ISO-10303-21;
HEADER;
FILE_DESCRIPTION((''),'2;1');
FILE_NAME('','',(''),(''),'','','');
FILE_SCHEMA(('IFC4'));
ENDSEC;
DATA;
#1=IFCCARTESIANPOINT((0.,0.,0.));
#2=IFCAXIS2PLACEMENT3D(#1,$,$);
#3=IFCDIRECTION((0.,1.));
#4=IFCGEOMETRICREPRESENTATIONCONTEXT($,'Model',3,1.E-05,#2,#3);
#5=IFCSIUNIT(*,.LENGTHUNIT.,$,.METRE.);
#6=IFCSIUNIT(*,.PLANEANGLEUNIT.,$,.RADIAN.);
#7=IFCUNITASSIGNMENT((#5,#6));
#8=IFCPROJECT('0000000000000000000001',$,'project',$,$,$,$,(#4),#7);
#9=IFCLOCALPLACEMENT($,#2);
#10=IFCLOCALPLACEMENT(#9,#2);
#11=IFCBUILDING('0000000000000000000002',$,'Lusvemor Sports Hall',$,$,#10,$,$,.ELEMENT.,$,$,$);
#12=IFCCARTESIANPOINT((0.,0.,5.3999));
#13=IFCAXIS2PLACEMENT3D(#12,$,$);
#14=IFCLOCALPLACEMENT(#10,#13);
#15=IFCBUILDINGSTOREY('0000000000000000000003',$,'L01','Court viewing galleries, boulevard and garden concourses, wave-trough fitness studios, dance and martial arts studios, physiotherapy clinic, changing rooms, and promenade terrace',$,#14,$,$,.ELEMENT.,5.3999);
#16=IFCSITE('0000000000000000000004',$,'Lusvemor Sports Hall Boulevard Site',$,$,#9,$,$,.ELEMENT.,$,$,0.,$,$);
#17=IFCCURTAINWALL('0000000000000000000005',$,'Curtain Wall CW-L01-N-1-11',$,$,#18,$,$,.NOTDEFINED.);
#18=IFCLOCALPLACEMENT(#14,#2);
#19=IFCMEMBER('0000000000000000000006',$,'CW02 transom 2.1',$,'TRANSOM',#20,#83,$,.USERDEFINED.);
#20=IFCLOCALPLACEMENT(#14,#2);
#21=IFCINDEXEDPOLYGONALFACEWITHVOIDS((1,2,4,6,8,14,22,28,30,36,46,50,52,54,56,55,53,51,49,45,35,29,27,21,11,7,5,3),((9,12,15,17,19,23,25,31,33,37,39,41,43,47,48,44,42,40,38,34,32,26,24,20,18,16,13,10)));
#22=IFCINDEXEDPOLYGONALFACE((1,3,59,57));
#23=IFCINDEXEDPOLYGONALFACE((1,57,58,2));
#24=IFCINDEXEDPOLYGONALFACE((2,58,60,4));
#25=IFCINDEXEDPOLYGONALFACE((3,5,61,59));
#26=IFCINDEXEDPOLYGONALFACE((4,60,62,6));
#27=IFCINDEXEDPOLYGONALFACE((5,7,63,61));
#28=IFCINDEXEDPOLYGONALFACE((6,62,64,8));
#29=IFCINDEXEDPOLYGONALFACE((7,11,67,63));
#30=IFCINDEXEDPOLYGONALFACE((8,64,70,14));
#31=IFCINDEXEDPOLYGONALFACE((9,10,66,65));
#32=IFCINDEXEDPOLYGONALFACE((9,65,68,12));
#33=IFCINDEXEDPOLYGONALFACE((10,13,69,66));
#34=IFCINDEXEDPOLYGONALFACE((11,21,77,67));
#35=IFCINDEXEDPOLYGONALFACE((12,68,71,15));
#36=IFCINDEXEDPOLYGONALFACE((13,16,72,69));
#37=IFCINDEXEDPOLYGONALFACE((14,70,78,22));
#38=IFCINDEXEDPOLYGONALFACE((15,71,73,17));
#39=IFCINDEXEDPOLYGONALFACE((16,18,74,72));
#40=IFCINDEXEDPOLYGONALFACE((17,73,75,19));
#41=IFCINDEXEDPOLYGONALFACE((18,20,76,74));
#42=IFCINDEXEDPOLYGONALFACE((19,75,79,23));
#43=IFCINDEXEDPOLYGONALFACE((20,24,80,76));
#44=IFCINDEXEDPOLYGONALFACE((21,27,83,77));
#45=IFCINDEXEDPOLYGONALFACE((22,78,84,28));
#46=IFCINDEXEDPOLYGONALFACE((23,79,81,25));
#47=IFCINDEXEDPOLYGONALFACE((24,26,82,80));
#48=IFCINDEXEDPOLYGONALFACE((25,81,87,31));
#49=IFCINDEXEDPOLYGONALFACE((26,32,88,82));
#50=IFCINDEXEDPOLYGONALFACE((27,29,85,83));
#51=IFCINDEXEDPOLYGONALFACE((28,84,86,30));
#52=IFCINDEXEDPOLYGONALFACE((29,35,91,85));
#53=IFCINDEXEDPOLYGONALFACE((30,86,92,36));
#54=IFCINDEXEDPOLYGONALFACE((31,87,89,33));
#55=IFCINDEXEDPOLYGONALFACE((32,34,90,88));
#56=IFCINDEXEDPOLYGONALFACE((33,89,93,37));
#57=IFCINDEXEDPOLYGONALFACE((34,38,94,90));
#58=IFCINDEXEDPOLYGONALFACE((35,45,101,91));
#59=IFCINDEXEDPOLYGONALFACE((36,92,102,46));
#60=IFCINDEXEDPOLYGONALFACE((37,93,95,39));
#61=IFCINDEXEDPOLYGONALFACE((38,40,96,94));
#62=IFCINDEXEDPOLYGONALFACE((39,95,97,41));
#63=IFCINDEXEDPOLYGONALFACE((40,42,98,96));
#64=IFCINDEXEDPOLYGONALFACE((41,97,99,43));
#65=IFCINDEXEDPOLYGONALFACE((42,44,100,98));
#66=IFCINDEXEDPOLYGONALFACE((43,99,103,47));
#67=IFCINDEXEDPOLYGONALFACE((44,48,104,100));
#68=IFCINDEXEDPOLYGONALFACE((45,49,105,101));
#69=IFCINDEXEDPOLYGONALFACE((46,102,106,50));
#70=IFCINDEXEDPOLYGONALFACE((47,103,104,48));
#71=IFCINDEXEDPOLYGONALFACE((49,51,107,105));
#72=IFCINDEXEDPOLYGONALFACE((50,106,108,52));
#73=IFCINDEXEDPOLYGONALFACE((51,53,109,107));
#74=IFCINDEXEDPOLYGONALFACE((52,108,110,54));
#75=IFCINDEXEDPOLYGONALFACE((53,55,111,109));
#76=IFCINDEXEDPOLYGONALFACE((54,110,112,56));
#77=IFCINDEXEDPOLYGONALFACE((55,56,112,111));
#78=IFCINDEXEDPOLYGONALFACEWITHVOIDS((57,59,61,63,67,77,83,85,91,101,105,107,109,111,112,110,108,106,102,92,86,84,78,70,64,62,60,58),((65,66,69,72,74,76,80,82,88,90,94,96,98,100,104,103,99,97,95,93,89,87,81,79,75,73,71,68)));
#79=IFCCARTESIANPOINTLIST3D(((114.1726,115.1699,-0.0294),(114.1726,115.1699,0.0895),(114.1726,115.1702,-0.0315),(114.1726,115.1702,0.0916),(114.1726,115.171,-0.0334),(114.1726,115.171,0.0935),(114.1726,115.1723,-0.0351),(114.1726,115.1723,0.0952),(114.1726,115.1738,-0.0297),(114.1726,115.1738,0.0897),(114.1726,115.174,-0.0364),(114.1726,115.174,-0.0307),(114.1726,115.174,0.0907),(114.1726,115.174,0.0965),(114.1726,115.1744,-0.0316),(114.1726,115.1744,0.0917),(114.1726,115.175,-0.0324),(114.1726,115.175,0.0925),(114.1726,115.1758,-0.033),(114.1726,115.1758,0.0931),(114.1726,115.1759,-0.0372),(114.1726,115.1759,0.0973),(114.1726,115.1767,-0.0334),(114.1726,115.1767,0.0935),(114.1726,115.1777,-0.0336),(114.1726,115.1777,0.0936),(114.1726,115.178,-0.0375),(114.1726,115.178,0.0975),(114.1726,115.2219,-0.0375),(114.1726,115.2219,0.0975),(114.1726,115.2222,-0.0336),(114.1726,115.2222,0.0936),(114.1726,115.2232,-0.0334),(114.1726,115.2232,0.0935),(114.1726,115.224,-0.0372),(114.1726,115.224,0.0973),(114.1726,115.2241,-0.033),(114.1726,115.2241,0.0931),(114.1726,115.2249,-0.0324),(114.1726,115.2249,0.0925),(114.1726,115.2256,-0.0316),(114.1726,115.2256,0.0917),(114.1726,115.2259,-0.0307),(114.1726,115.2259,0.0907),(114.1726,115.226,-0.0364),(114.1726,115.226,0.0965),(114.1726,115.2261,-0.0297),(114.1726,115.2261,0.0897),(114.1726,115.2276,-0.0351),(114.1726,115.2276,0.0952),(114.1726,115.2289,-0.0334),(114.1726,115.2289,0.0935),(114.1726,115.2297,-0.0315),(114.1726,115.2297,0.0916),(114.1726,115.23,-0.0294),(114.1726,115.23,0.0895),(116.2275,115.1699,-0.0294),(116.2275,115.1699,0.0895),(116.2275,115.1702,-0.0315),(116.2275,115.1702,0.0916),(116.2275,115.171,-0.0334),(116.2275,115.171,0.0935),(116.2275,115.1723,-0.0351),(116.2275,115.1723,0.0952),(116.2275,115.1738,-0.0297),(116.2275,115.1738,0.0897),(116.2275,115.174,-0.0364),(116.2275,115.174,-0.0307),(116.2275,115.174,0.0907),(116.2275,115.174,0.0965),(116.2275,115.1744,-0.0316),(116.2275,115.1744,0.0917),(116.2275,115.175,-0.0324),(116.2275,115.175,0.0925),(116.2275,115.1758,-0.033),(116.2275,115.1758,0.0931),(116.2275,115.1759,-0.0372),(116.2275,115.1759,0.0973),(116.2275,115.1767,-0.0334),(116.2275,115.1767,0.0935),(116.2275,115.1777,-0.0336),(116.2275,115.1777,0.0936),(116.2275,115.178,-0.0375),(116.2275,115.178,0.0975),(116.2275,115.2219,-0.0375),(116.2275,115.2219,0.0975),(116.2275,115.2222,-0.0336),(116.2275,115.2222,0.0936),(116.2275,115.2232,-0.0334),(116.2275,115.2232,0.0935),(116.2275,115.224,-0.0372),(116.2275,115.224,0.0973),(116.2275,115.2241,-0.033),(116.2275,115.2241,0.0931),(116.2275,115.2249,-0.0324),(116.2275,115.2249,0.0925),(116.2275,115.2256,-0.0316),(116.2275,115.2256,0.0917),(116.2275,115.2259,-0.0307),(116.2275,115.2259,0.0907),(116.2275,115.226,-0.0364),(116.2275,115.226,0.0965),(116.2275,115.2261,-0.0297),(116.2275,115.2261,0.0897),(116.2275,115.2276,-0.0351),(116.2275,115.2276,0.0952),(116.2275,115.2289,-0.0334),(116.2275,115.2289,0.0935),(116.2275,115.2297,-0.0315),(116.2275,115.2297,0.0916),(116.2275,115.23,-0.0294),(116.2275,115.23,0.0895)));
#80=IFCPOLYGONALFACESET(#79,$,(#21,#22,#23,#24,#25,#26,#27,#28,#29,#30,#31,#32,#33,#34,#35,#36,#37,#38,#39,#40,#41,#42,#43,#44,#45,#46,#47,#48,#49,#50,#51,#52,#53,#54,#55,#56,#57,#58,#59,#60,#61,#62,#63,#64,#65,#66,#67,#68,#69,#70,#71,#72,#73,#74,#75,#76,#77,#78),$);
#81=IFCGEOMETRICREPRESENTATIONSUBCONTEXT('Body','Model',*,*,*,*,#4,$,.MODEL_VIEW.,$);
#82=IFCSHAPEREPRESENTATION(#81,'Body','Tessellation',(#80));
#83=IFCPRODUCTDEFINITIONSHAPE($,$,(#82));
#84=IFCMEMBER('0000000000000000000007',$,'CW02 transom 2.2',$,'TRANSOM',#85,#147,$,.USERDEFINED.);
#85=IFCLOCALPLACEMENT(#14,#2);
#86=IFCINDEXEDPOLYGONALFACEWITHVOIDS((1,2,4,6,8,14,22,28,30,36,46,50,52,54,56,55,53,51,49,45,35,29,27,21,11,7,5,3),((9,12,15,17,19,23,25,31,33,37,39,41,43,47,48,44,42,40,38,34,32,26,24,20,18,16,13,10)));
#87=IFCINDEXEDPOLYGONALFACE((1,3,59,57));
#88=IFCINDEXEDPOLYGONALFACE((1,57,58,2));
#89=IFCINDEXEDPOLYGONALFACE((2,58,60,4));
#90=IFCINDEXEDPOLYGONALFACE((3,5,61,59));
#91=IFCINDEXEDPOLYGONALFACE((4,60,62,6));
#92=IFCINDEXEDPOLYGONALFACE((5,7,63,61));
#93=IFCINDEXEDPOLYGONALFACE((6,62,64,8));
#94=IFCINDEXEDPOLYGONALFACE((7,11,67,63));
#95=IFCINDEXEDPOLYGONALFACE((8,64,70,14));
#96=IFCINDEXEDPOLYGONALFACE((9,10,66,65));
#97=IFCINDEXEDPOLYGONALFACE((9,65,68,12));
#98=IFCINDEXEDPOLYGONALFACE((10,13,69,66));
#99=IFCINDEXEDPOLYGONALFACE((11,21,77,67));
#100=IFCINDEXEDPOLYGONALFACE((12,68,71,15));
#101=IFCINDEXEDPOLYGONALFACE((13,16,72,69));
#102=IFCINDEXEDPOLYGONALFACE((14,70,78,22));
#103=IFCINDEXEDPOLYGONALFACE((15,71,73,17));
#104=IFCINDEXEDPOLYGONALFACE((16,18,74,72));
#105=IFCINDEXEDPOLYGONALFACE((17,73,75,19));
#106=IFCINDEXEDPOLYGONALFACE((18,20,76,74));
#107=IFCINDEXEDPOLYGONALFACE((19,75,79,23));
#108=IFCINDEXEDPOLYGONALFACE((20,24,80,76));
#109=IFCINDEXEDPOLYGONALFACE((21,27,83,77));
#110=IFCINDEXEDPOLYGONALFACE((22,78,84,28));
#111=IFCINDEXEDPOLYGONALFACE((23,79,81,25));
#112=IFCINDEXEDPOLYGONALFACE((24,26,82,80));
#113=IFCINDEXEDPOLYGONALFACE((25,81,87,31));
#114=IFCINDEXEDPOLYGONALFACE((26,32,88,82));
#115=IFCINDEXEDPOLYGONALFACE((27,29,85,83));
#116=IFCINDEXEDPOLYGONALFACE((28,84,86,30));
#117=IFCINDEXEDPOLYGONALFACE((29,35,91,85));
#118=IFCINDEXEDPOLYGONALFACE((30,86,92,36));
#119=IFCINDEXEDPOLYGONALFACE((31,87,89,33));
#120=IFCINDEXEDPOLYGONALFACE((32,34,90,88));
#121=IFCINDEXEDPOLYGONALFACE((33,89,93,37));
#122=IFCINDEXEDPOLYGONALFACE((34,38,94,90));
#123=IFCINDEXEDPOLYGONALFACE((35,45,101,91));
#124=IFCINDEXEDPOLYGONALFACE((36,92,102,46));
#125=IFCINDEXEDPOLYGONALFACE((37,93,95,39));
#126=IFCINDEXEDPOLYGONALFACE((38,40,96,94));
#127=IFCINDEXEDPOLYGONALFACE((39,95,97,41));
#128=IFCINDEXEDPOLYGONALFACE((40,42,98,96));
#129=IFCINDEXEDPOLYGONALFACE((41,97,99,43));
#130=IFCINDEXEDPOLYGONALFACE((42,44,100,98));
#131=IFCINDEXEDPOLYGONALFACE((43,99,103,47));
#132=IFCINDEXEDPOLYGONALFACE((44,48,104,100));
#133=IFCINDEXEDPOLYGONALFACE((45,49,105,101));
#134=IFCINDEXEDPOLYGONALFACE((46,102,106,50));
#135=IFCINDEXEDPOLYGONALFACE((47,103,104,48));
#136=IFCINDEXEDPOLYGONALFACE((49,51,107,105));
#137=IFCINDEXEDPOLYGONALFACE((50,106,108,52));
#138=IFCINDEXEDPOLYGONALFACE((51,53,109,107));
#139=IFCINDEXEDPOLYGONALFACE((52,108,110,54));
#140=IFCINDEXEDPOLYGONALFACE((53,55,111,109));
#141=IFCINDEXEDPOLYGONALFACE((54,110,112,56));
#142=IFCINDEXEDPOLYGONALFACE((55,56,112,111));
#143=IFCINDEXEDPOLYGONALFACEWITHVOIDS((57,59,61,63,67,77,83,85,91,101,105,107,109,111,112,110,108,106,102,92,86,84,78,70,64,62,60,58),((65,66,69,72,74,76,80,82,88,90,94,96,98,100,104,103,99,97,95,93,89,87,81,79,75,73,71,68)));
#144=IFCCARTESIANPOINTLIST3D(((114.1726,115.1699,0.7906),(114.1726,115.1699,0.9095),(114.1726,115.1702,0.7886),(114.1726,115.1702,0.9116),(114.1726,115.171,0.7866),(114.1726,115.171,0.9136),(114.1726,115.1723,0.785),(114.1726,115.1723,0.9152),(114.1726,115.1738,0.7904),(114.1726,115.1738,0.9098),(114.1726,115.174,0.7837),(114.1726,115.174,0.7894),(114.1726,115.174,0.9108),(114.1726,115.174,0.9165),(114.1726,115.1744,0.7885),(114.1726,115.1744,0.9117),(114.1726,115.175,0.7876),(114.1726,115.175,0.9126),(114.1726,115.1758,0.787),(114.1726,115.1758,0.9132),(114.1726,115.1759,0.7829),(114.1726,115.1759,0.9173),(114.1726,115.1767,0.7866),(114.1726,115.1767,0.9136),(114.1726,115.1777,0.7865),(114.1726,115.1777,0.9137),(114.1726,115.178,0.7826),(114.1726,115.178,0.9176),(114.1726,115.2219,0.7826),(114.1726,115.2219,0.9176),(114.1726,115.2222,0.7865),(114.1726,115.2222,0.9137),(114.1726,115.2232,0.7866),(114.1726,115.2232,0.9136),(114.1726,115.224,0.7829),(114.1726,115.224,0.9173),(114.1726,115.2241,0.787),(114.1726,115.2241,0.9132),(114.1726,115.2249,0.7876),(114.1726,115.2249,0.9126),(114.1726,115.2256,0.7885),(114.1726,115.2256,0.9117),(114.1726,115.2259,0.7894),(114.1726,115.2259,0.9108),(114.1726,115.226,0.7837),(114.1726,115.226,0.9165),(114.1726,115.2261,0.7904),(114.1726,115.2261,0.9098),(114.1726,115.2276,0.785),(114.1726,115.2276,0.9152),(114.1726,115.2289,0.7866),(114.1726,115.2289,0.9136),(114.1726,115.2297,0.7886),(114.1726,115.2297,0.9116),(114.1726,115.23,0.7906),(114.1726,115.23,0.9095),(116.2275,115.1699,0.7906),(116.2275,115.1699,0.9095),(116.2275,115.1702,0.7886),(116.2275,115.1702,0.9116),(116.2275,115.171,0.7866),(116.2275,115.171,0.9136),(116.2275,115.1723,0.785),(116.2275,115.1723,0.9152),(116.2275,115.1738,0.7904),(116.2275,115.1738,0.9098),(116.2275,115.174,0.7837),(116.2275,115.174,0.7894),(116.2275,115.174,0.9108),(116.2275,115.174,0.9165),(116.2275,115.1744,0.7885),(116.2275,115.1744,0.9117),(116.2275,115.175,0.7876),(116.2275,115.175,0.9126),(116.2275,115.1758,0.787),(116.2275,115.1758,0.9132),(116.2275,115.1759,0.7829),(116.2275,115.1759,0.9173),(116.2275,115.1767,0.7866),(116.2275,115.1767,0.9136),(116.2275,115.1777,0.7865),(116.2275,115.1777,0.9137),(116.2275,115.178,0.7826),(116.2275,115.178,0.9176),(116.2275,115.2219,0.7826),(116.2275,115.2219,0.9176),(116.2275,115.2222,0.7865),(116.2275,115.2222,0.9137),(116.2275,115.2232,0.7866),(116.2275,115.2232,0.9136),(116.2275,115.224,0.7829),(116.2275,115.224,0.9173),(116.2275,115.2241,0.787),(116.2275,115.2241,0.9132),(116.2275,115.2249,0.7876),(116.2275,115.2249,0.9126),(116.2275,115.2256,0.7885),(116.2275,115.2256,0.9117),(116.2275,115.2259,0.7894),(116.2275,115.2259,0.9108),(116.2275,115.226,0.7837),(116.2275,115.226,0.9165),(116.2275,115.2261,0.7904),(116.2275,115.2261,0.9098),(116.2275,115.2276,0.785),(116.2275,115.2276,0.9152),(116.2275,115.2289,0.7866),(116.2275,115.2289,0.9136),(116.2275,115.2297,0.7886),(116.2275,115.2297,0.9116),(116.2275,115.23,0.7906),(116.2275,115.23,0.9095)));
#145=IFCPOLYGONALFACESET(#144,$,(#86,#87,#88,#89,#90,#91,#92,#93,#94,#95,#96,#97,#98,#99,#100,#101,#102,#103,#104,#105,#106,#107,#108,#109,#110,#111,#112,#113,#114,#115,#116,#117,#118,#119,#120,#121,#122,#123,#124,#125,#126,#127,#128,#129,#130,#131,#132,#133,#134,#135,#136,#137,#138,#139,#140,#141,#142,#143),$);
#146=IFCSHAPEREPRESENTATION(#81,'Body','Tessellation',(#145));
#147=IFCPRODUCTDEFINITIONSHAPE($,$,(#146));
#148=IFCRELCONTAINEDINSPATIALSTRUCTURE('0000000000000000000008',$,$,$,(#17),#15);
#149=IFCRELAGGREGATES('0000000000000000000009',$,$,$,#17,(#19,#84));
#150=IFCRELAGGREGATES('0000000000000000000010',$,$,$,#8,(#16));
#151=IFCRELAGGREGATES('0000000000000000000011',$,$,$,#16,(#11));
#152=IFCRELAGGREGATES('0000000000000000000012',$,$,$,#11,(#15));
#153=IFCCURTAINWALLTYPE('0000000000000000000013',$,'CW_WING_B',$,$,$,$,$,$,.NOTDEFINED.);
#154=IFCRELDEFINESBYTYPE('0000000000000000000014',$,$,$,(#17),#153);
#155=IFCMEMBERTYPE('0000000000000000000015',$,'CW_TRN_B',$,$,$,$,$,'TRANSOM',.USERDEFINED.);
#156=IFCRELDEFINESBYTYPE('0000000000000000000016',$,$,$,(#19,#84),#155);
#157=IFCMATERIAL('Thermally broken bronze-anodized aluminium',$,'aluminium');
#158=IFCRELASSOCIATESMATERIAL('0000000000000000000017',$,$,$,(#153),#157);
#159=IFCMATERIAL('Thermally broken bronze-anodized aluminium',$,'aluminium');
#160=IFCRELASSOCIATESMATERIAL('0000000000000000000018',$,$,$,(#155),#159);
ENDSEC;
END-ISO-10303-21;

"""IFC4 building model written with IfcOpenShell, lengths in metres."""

from ifc_helpers import new_model, si_unit, direction, frame, origin, origin_2d, place, context, subcontext, project, spatial, hollow_rectangle, extrude, material, material_profile, profile_set, type_object, element, aggregate, save


model = new_model("IFC4")

# Units and contexts
model_context = context("Model", 3, precision=1e-05, world=origin(), true_north=direction((0.0, 1.0)))
body_context = subcontext(model_context, "Body", "Model", "MODEL_VIEW")
ifc_project = project(units=[si_unit("LENGTHUNIT", "METRE"), si_unit("PLANEANGLEUNIT", "RADIAN")], contexts=[model_context])

# Site, building, storey
site_placement = place(None, origin())
site = spatial("IfcSite", under=ifc_project, at=site_placement, Name="Lusvemor Sports Hall Boulevard Site", CompositionType="ELEMENT", RefElevation=0.0)
building_placement = place(site_placement, origin())
building = spatial("IfcBuilding", under=site, at=building_placement, Name="Lusvemor Sports Hall", CompositionType="ELEMENT")
storey_placement = place(building_placement, frame((0.0, 0.0, 5.3999)))
storey = spatial("IfcBuildingStorey", under=building, at=storey_placement, Name="L01", Description="Court viewing galleries, boulevard and garden concourses, wave-trough fitness studios, dance and martial arts studios, physiotherapy clinic, changing rooms, and promenade terrace", CompositionType="ELEMENT", Elevation=5.3999)

# Curtain wall, members
ifc_material_1 = material(Name="Thermally broken bronze-anodized aluminium", Category="aluminium")
curtain_wall_type = type_object("IfcCurtainWallType", Name="CW_WING_B", PredefinedType="NOTDEFINED", material=ifc_material_1)
curtain_wall_placement = place(storey_placement, origin())
curtain_wall = element("IfcCurtainWall", 1, at=curtain_wall_placement, inside=storey, type_object=curtain_wall_type, Name="Curtain Wall CW-L01-N-1-11", PredefinedType="NOTDEFINED")
ifc_material_2 = material(Name="Thermally broken bronze-anodized aluminium", Category="aluminium")
ifc_material_profile_1 = material_profile(ifc_material_2, hollow_rectangle(XDim=0.0601, YDim=0.135, WallThickness=0.0039, InnerFilletRadius=0.0039, OuterFilletRadius=0.0081, at=origin_2d()), Name="CWTRN135x60x4")
ifc_profile_set_1 = profile_set([ifc_material_profile_1], Name="Thermally broken bronze-anodized aluminium")
member_type_1 = type_object("IfcMemberType", Name="CW_TRN_B", ElementType="TRANSOM", PredefinedType="USERDEFINED", material=ifc_profile_set_1)
member_1_placement = place(storey_placement, frame((114.1726, 115.2, 0.03), z_axis=(1.0, 0.0, 0.0), x_axis=(0.0, 1.0, 0.0)))
member_1 = element("IfcMember", 2, at=member_1_placement, type_object=member_type_1, Name="CW02 transom 2.1", ObjectType="TRANSOM", PredefinedType="USERDEFINED", context=body_context, shape_type="SweptSolid", body=[
    extrude(hollow_rectangle(XDim=0.0601, YDim=0.135, WallThickness=0.0039, InnerFilletRadius=0.0039, OuterFilletRadius=0.0081, at=origin_2d()), origin(), (0.0, 0.0, 1.0), 2.0549),
])
member_2_placement = place(storey_placement, frame((114.1726, 115.2, 0.8501), z_axis=(1.0, 0.0, 0.0), x_axis=(0.0, 1.0, 0.0)))
member_2 = element("IfcMember", 3, at=member_2_placement, type_object=member_type_1, Name="CW02 transom 2.2", ObjectType="TRANSOM", PredefinedType="USERDEFINED", context=body_context, shape_type="SweptSolid", body=[
    extrude(hollow_rectangle(XDim=0.0601, YDim=0.135, WallThickness=0.0039, InnerFilletRadius=0.0039, OuterFilletRadius=0.0081, at=origin_2d()), origin(), (0.0, 0.0, 1.0), 2.0549),
])

aggregate(curtain_wall, [member_1, member_2])

save(model, "model.ifc")
